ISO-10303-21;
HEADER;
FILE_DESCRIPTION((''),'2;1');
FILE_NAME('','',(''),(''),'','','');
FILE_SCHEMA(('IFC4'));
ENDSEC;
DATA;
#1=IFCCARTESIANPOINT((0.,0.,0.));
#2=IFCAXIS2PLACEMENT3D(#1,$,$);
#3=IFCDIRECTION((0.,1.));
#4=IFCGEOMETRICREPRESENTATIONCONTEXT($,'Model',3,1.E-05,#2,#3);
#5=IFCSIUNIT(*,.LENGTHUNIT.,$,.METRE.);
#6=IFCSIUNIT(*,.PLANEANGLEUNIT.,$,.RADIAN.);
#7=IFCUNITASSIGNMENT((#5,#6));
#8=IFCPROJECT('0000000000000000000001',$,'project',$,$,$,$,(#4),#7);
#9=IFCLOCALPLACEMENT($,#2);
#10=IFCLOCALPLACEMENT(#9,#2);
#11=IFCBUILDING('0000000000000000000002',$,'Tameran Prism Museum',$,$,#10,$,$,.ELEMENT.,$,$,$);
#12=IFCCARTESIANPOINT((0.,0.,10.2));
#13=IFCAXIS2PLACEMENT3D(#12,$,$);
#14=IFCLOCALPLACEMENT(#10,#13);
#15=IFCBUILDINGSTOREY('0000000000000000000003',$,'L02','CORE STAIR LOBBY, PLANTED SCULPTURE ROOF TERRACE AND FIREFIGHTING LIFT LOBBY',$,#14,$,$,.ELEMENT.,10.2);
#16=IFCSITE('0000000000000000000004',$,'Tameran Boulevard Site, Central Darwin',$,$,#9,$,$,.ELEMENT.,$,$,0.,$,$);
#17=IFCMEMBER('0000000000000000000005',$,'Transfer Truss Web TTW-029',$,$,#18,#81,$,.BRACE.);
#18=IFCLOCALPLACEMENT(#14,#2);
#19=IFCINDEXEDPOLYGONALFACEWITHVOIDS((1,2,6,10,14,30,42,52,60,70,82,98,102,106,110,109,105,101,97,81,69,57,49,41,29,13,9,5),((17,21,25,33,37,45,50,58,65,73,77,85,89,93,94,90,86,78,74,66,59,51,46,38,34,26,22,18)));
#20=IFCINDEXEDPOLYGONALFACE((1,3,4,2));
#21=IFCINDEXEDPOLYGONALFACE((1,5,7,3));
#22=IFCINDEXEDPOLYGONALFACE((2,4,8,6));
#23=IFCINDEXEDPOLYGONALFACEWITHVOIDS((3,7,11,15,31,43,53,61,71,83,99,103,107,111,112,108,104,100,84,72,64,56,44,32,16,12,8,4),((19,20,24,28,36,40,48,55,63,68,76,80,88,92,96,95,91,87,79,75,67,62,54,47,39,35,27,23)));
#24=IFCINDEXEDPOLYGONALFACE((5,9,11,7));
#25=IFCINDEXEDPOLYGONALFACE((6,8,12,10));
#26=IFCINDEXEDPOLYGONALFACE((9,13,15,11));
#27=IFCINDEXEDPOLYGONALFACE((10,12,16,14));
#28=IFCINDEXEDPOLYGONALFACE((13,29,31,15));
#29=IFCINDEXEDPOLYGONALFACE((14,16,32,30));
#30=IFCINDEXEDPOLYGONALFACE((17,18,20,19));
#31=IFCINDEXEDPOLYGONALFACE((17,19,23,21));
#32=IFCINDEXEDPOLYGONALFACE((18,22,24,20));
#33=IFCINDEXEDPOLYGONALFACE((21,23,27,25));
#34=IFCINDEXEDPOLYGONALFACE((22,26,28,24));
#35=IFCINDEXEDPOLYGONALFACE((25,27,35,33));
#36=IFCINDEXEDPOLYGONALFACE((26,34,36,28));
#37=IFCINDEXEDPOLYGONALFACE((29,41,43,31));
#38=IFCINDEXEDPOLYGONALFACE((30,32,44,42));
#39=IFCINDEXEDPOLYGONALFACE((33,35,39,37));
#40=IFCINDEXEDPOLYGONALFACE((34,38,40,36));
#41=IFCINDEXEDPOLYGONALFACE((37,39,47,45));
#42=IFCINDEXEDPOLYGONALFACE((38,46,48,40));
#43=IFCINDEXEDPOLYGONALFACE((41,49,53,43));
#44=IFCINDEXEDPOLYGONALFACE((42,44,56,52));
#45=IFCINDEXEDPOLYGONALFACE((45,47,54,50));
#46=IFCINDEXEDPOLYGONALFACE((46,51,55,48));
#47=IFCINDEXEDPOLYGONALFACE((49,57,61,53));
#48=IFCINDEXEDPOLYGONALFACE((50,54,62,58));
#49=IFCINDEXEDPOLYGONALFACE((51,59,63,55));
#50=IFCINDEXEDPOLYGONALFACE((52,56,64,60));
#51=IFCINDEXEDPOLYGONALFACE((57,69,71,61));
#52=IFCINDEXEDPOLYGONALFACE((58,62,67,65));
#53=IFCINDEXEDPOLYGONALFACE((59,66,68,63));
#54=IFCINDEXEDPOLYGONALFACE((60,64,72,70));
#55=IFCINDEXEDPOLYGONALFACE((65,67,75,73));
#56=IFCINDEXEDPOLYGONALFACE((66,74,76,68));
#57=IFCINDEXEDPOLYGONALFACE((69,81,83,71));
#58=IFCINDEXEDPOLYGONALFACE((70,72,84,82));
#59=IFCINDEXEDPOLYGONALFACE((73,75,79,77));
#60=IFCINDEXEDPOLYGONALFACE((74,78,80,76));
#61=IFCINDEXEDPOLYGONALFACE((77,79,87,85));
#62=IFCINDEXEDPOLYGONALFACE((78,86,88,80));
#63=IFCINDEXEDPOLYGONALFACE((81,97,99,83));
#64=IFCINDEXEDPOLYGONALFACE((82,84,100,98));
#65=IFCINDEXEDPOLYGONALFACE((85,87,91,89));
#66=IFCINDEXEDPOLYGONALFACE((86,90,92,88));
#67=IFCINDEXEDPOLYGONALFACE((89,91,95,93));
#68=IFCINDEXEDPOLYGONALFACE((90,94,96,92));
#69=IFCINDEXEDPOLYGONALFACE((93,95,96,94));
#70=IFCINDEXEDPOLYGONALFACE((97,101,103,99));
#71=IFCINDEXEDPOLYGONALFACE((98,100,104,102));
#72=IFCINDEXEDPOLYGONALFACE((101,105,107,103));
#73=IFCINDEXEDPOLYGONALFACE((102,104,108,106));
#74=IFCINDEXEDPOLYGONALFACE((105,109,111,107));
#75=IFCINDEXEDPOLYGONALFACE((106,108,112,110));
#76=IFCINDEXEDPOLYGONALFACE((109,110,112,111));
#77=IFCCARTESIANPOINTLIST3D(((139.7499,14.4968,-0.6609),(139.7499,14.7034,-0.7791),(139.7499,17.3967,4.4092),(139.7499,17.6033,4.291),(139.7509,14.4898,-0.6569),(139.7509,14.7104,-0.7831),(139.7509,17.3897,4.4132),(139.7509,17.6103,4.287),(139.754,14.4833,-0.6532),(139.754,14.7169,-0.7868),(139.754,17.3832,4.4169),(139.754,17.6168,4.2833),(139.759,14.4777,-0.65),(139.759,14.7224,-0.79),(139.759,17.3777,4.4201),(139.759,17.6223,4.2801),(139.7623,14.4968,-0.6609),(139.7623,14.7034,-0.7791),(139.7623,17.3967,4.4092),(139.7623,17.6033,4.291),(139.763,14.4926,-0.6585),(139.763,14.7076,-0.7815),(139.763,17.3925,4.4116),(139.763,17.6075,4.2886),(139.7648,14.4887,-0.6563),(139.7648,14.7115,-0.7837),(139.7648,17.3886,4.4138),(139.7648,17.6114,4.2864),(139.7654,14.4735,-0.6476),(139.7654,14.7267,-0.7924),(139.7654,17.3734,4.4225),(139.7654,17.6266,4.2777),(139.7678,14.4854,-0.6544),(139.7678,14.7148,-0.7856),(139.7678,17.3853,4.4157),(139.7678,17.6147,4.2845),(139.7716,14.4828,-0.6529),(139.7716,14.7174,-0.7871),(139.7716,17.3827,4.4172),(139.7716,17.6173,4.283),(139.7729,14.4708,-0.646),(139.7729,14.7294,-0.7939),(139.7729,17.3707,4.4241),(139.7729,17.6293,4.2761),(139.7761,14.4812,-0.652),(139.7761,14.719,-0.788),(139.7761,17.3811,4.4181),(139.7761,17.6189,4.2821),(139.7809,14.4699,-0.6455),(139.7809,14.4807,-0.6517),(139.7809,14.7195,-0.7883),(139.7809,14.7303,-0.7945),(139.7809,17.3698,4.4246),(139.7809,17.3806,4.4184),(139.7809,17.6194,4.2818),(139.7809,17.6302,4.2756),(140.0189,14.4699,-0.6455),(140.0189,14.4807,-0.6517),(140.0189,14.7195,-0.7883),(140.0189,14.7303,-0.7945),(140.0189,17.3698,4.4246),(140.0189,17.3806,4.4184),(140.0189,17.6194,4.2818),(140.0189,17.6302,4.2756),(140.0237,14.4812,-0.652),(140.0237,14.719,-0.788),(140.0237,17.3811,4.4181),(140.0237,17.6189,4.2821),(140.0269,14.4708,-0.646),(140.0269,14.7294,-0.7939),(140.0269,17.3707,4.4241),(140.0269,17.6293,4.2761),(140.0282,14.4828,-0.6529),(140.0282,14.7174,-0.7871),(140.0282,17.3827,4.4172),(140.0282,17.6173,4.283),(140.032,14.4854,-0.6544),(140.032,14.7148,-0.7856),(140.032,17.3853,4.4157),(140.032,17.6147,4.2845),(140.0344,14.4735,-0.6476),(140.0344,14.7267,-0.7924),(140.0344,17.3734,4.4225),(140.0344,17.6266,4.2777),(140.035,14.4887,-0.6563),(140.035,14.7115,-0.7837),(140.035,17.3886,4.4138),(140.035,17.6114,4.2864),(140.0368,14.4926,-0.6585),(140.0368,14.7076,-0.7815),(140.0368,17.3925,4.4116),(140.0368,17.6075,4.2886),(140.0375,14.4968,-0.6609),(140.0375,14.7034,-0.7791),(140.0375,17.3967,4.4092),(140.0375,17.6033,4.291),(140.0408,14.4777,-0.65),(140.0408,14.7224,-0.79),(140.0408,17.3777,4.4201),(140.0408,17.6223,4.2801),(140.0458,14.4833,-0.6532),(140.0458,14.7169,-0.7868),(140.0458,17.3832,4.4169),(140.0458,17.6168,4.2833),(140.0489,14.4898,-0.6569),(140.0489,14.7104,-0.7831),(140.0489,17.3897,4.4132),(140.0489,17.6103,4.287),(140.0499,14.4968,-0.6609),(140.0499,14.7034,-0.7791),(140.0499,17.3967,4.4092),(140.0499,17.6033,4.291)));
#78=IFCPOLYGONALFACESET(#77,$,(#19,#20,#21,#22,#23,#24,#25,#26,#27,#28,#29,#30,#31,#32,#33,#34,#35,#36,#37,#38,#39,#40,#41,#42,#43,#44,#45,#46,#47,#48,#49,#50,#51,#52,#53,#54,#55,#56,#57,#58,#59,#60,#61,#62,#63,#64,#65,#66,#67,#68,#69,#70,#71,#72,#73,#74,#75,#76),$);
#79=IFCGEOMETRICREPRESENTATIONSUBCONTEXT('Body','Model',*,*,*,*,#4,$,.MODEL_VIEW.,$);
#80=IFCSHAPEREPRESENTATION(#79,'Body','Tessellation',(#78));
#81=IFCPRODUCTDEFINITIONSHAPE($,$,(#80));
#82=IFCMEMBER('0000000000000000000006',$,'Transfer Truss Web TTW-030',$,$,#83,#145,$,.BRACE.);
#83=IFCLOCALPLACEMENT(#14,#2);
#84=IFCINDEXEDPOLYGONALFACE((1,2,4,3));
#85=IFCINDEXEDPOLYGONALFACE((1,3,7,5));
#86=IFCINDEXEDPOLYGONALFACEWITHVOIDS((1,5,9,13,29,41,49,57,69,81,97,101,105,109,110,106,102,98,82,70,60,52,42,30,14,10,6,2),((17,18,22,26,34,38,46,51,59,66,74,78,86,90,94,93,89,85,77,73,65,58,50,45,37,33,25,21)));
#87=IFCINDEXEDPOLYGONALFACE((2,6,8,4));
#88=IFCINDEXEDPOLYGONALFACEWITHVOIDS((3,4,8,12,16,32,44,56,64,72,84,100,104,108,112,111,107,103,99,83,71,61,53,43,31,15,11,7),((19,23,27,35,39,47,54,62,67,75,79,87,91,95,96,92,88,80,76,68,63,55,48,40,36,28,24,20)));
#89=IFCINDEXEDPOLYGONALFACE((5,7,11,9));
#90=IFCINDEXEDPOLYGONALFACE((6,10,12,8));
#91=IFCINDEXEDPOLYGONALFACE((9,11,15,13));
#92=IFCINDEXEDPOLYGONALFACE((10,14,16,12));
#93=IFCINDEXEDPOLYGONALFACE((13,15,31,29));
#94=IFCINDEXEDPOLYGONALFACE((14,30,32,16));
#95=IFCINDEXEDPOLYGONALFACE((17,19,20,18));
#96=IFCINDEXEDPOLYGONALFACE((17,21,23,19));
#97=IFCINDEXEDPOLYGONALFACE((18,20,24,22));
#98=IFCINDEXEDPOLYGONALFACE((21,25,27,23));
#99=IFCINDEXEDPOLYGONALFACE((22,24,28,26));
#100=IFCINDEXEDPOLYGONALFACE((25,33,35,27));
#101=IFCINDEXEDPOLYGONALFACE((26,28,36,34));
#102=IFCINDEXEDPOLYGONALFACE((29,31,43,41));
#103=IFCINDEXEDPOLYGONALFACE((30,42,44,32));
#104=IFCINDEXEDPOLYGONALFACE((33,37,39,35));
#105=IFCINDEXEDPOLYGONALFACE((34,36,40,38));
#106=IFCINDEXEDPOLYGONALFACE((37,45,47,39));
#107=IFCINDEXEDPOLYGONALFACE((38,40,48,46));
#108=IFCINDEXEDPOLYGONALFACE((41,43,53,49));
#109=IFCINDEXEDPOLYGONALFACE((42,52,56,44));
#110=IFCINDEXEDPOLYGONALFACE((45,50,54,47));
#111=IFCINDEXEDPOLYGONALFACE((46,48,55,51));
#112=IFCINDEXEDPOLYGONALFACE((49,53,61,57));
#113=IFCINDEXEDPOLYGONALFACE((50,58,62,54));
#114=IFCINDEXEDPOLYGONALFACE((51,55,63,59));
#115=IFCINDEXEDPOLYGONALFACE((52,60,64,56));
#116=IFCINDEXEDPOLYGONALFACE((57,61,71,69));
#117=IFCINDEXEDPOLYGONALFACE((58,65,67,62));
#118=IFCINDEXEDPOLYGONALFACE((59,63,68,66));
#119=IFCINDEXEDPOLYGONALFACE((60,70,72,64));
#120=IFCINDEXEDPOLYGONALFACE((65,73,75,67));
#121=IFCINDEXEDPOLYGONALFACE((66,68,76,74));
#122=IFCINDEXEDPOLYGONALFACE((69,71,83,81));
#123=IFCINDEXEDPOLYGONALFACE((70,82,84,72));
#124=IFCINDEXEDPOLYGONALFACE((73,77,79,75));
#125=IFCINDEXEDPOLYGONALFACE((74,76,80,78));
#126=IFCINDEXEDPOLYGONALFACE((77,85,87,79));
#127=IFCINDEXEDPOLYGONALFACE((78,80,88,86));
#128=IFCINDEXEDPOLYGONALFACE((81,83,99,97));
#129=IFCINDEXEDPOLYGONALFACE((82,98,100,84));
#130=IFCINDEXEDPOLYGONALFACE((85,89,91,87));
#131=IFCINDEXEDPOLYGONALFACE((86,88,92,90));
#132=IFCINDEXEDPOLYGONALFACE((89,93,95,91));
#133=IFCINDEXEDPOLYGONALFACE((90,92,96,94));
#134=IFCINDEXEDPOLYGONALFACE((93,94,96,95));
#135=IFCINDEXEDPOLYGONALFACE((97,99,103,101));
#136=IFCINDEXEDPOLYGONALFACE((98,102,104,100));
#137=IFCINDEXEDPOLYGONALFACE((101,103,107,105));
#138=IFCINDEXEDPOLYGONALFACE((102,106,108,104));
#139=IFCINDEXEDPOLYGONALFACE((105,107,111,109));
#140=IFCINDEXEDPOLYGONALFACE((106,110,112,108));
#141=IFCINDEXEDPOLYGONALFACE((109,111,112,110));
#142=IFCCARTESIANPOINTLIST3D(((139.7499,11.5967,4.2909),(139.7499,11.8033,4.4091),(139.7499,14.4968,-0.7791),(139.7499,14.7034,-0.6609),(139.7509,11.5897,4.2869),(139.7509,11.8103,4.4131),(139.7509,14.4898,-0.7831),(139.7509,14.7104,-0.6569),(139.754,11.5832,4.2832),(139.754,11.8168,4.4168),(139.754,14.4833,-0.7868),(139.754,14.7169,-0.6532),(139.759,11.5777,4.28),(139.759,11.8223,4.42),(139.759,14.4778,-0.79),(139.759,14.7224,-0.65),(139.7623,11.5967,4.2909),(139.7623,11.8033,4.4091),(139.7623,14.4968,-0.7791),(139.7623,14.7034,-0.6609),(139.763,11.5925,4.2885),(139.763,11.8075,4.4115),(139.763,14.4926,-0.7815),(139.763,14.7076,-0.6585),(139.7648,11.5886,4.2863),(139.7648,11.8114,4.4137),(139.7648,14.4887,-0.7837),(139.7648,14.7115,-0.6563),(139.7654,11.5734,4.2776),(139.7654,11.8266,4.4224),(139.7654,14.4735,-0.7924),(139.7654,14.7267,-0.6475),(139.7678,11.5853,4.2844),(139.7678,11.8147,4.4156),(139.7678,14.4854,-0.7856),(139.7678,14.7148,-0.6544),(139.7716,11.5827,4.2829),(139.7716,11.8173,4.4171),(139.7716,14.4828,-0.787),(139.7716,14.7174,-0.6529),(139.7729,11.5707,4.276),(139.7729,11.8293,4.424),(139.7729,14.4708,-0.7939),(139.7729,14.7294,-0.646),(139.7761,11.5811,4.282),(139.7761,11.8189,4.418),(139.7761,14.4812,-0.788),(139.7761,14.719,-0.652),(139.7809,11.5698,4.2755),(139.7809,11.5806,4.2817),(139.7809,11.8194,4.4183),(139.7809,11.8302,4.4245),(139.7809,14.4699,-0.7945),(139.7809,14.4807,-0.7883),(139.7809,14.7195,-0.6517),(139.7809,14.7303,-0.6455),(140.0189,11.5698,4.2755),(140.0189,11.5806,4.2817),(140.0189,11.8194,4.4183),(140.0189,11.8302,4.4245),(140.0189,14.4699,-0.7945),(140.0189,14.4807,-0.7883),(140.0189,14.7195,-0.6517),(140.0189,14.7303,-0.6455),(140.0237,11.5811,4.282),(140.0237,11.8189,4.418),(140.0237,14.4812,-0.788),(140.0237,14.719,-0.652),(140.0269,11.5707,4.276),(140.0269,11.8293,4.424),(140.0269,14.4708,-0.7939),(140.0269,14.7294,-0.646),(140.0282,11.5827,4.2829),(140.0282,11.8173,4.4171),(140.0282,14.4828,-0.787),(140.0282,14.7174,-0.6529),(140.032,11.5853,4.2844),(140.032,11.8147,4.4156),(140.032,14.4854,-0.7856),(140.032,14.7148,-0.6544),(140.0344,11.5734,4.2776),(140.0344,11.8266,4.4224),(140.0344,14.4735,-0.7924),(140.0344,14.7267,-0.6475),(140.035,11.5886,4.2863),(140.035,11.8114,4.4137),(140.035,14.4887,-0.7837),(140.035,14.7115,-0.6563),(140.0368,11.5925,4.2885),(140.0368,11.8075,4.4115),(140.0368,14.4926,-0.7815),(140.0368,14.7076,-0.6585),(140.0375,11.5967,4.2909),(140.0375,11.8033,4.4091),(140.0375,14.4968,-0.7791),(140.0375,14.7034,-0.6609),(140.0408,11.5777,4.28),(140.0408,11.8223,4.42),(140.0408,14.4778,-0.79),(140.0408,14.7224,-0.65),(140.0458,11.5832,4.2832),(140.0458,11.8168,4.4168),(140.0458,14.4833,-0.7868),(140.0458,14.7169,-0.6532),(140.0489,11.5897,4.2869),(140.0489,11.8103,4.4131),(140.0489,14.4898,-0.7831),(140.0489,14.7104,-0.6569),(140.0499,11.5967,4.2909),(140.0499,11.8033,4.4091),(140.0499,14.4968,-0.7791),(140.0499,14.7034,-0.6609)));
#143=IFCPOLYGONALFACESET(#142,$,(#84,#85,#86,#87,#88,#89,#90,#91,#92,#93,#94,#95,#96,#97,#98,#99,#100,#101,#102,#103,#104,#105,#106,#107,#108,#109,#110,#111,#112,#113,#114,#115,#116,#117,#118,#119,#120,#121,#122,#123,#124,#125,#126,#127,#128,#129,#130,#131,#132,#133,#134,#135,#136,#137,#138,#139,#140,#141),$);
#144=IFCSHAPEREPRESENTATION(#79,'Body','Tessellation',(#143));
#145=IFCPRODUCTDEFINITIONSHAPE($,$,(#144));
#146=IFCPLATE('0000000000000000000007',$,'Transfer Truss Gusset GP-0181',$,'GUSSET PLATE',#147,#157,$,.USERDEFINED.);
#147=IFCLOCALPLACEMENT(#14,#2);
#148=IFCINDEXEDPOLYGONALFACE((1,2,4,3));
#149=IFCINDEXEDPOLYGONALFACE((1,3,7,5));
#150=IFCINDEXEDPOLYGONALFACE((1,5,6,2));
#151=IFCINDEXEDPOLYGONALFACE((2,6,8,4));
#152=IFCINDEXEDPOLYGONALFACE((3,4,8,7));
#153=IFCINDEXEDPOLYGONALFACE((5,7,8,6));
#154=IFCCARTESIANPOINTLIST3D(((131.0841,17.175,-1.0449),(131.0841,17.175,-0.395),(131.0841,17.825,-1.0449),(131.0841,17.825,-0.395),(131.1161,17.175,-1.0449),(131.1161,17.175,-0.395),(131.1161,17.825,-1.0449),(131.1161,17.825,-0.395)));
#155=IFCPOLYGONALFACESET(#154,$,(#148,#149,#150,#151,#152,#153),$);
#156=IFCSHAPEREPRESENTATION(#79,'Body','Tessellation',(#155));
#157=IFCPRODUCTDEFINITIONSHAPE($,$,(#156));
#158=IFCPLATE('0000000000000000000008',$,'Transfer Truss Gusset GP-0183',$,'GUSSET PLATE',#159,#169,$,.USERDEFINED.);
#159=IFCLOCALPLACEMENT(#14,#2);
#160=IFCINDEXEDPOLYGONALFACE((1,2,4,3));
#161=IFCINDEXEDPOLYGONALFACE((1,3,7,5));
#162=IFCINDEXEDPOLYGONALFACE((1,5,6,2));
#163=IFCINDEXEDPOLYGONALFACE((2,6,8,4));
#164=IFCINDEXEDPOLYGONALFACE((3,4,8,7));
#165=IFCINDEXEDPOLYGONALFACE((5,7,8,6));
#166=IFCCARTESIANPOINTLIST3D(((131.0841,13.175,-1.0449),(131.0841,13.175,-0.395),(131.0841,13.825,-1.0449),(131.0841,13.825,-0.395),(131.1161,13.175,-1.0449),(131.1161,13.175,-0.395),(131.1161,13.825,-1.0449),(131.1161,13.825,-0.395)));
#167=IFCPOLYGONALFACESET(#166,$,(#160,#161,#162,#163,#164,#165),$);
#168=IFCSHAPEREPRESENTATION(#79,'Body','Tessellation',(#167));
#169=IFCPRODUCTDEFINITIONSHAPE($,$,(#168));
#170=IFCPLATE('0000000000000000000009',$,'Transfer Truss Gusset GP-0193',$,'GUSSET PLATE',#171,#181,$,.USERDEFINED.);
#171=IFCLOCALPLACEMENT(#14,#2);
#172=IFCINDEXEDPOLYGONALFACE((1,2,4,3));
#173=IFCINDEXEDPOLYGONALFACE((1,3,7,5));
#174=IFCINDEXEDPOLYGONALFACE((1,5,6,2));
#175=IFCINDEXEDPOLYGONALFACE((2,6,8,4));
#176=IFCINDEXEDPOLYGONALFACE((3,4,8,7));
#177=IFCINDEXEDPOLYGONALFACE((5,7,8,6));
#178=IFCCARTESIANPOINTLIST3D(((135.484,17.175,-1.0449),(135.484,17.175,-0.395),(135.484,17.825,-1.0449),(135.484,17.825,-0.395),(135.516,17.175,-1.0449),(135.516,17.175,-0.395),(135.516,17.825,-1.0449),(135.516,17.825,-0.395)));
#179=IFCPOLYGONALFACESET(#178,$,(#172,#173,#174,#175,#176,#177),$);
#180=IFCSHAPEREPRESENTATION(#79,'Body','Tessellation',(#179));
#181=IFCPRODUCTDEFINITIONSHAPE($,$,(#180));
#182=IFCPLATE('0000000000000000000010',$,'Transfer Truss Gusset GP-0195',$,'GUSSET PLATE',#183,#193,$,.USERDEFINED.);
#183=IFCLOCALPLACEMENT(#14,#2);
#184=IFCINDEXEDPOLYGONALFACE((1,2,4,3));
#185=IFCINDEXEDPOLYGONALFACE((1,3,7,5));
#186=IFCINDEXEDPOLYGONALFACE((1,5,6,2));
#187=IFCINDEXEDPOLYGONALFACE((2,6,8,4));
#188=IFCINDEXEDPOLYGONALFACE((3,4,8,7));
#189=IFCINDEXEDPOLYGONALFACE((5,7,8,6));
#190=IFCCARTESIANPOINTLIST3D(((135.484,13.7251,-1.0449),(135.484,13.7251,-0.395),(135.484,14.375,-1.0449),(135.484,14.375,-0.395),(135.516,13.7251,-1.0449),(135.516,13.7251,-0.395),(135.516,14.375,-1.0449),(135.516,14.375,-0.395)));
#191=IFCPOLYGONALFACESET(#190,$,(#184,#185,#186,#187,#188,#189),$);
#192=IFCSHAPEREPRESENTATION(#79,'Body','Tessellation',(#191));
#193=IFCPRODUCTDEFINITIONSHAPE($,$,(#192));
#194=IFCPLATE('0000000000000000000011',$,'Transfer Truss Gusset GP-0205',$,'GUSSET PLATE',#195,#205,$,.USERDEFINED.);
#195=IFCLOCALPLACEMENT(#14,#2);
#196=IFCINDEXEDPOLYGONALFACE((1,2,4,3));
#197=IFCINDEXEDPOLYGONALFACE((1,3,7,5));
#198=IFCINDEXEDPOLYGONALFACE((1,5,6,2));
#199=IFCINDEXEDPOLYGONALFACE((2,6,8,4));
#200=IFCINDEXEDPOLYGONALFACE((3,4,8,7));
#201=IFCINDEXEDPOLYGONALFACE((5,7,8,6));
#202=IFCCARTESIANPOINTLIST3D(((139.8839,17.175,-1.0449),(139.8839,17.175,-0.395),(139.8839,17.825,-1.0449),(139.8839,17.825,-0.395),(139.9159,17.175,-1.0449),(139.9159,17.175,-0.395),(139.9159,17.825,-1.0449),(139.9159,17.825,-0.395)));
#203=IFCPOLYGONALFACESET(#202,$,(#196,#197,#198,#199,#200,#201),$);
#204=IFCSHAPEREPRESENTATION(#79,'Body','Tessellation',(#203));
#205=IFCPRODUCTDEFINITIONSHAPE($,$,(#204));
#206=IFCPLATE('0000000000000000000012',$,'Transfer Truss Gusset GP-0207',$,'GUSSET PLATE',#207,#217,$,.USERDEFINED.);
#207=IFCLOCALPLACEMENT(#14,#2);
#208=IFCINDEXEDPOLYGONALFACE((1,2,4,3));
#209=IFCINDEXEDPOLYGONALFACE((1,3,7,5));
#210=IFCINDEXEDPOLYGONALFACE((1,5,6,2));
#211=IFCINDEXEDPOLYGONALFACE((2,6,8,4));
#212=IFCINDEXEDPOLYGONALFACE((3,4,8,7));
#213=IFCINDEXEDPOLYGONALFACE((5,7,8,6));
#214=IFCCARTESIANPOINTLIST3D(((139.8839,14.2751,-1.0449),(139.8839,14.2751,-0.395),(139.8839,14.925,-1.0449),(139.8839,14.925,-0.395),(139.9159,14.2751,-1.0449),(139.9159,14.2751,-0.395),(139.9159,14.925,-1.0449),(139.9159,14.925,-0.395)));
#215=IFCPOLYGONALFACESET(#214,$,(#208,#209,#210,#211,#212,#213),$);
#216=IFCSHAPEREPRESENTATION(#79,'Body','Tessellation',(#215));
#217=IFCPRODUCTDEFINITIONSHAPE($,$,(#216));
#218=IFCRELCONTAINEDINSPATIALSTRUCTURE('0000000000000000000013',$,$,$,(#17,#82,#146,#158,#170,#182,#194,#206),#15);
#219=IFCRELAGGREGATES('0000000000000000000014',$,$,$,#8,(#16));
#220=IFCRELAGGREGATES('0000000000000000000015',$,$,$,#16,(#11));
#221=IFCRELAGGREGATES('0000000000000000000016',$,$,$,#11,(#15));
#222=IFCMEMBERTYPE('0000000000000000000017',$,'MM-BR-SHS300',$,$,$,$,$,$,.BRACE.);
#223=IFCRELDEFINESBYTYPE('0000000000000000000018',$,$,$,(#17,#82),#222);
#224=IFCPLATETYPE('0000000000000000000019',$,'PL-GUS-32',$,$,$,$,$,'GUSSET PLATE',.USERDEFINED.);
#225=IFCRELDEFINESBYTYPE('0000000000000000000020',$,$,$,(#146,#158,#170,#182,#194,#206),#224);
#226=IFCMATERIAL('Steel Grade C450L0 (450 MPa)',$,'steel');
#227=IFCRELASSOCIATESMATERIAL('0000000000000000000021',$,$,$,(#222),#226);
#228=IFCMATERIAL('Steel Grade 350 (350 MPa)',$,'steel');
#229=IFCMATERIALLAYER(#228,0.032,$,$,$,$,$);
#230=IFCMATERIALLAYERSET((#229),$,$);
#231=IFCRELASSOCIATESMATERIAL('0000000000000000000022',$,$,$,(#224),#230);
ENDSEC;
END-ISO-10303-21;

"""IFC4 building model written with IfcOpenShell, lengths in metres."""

from ifc_helpers import new_model, si_unit, direction, frame, origin, origin_2d, place, context, subcontext, project, spatial, rectangle, hollow_rectangle, extrude, material, layer, layer_set, material_profile, profile_set, type_object, element, save


model = new_model("IFC4")

# Units and contexts
model_context = context("Model", 3, precision=1e-05, world=origin(), true_north=direction((0.0, 1.0)))
body_context = subcontext(model_context, "Body", "Model", "MODEL_VIEW")
ifc_project = project(units=[si_unit("LENGTHUNIT", "METRE"), si_unit("PLANEANGLEUNIT", "RADIAN")], contexts=[model_context])

# Site, building, storey
site_placement = place(None, origin())
site = spatial("IfcSite", under=ifc_project, at=site_placement, Name="Tameran Boulevard Site, Central Darwin", CompositionType="ELEMENT", RefElevation=0.0)
building_placement = place(site_placement, origin())
building = spatial("IfcBuilding", under=site, at=building_placement, Name="Tameran Prism Museum", CompositionType="ELEMENT")
storey_placement = place(building_placement, frame((0.0, 0.0, 10.2)))
storey = spatial("IfcBuildingStorey", under=building, at=storey_placement, Name="L02", Description="CORE STAIR LOBBY, PLANTED SCULPTURE ROOF TERRACE AND FIREFIGHTING LIFT LOBBY", CompositionType="ELEMENT", Elevation=10.2)

# Members
ifc_material_1 = material(Name="Steel Grade C450L0 (450 MPa)", Category="steel")
ifc_material_profile_1 = material_profile(ifc_material_1, hollow_rectangle(XDim=0.3, YDim=0.3, WallThickness=0.0125, InnerFilletRadius=0.0186, OuterFilletRadius=0.031, at=origin_2d()))
ifc_profile_set_1 = profile_set([ifc_material_profile_1])
member_type_1 = type_object("IfcMemberType", Name="MM-BR-SHS300", PredefinedType="BRACE", material=ifc_profile_set_1)
for number, where, z_axis, x_axis, name in (
    (1, (139.8999, 17.5, 4.3501), (0.0, -0.49649, -0.868042), (1.0, 0.0, 0.0), "Transfer Truss Web TTW-029"),
    (2, (139.8999, 14.6001, -0.72), (0.0, -0.496522, 0.868024), (1.0, 0.0, 0.0), "Transfer Truss Web TTW-030"),
):
    element("IfcMember", number, at=place(storey_placement, frame(where, z_axis=z_axis, x_axis=x_axis)), inside=storey, type_object=member_type_1, Name=name, PredefinedType="BRACE", context=body_context, shape_type="SweptSolid", body=[
        extrude(hollow_rectangle(XDim=0.3, YDim=0.3, WallThickness=0.0125, InnerFilletRadius=0.0186, OuterFilletRadius=0.031, at=origin_2d()), origin(), (0.0, 0.0, 1.0), 5.8408),
    ])

# Plates
ifc_material_2 = material(Name="Steel Grade 350 (350 MPa)", Category="steel")
ifc_layer = layer(ifc_material_2, 0.032)
ifc_layer_set = layer_set([ifc_layer])
plate_type = type_object("IfcPlateType", Name="PL-GUS-32", ElementType="GUSSET PLATE", PredefinedType="USERDEFINED", material=ifc_layer_set)
for number, where, z_axis, x_axis, name in (
    (3, (131.1001, 17.5, -1.0449), (0.0, 0.0, 1.0), (1.0, 0.0, 0.0), "Transfer Truss Gusset GP-0181"),
    (4, (131.1001, 13.5, -1.0449), (0.0, 0.0, 1.0), (1.0, 0.0, 0.0), "Transfer Truss Gusset GP-0183"),
    (5, (135.5, 17.5, -1.0449), (0.0, 0.0, 1.0), (1.0, 0.0, 0.0), "Transfer Truss Gusset GP-0193"),
    (6, (135.5, 14.05, -1.0449), (0.0, 0.0, 1.0), (1.0, 0.0, 0.0), "Transfer Truss Gusset GP-0195"),
    (7, (139.8999, 17.5, -1.0449), (0.0, 0.0, 1.0), (1.0, 0.0, 0.0), "Transfer Truss Gusset GP-0205"),
    (8, (139.8999, 14.6001, -1.0449), (0.0, 0.0, 1.0), (1.0, 0.0, 0.0), "Transfer Truss Gusset GP-0207"),
):
    element("IfcPlate", number, at=place(storey_placement, frame(where, z_axis=z_axis, x_axis=x_axis)), inside=storey, type_object=plate_type, Name=name, ObjectType="GUSSET PLATE", PredefinedType="USERDEFINED", context=body_context, shape_type="SweptSolid", body=[
        extrude(rectangle(XDim=0.032, YDim=0.6499, at=origin_2d()), origin(), (0.0, 0.0, 1.0), 0.6499),
    ])

save(model, "model.ifc")
